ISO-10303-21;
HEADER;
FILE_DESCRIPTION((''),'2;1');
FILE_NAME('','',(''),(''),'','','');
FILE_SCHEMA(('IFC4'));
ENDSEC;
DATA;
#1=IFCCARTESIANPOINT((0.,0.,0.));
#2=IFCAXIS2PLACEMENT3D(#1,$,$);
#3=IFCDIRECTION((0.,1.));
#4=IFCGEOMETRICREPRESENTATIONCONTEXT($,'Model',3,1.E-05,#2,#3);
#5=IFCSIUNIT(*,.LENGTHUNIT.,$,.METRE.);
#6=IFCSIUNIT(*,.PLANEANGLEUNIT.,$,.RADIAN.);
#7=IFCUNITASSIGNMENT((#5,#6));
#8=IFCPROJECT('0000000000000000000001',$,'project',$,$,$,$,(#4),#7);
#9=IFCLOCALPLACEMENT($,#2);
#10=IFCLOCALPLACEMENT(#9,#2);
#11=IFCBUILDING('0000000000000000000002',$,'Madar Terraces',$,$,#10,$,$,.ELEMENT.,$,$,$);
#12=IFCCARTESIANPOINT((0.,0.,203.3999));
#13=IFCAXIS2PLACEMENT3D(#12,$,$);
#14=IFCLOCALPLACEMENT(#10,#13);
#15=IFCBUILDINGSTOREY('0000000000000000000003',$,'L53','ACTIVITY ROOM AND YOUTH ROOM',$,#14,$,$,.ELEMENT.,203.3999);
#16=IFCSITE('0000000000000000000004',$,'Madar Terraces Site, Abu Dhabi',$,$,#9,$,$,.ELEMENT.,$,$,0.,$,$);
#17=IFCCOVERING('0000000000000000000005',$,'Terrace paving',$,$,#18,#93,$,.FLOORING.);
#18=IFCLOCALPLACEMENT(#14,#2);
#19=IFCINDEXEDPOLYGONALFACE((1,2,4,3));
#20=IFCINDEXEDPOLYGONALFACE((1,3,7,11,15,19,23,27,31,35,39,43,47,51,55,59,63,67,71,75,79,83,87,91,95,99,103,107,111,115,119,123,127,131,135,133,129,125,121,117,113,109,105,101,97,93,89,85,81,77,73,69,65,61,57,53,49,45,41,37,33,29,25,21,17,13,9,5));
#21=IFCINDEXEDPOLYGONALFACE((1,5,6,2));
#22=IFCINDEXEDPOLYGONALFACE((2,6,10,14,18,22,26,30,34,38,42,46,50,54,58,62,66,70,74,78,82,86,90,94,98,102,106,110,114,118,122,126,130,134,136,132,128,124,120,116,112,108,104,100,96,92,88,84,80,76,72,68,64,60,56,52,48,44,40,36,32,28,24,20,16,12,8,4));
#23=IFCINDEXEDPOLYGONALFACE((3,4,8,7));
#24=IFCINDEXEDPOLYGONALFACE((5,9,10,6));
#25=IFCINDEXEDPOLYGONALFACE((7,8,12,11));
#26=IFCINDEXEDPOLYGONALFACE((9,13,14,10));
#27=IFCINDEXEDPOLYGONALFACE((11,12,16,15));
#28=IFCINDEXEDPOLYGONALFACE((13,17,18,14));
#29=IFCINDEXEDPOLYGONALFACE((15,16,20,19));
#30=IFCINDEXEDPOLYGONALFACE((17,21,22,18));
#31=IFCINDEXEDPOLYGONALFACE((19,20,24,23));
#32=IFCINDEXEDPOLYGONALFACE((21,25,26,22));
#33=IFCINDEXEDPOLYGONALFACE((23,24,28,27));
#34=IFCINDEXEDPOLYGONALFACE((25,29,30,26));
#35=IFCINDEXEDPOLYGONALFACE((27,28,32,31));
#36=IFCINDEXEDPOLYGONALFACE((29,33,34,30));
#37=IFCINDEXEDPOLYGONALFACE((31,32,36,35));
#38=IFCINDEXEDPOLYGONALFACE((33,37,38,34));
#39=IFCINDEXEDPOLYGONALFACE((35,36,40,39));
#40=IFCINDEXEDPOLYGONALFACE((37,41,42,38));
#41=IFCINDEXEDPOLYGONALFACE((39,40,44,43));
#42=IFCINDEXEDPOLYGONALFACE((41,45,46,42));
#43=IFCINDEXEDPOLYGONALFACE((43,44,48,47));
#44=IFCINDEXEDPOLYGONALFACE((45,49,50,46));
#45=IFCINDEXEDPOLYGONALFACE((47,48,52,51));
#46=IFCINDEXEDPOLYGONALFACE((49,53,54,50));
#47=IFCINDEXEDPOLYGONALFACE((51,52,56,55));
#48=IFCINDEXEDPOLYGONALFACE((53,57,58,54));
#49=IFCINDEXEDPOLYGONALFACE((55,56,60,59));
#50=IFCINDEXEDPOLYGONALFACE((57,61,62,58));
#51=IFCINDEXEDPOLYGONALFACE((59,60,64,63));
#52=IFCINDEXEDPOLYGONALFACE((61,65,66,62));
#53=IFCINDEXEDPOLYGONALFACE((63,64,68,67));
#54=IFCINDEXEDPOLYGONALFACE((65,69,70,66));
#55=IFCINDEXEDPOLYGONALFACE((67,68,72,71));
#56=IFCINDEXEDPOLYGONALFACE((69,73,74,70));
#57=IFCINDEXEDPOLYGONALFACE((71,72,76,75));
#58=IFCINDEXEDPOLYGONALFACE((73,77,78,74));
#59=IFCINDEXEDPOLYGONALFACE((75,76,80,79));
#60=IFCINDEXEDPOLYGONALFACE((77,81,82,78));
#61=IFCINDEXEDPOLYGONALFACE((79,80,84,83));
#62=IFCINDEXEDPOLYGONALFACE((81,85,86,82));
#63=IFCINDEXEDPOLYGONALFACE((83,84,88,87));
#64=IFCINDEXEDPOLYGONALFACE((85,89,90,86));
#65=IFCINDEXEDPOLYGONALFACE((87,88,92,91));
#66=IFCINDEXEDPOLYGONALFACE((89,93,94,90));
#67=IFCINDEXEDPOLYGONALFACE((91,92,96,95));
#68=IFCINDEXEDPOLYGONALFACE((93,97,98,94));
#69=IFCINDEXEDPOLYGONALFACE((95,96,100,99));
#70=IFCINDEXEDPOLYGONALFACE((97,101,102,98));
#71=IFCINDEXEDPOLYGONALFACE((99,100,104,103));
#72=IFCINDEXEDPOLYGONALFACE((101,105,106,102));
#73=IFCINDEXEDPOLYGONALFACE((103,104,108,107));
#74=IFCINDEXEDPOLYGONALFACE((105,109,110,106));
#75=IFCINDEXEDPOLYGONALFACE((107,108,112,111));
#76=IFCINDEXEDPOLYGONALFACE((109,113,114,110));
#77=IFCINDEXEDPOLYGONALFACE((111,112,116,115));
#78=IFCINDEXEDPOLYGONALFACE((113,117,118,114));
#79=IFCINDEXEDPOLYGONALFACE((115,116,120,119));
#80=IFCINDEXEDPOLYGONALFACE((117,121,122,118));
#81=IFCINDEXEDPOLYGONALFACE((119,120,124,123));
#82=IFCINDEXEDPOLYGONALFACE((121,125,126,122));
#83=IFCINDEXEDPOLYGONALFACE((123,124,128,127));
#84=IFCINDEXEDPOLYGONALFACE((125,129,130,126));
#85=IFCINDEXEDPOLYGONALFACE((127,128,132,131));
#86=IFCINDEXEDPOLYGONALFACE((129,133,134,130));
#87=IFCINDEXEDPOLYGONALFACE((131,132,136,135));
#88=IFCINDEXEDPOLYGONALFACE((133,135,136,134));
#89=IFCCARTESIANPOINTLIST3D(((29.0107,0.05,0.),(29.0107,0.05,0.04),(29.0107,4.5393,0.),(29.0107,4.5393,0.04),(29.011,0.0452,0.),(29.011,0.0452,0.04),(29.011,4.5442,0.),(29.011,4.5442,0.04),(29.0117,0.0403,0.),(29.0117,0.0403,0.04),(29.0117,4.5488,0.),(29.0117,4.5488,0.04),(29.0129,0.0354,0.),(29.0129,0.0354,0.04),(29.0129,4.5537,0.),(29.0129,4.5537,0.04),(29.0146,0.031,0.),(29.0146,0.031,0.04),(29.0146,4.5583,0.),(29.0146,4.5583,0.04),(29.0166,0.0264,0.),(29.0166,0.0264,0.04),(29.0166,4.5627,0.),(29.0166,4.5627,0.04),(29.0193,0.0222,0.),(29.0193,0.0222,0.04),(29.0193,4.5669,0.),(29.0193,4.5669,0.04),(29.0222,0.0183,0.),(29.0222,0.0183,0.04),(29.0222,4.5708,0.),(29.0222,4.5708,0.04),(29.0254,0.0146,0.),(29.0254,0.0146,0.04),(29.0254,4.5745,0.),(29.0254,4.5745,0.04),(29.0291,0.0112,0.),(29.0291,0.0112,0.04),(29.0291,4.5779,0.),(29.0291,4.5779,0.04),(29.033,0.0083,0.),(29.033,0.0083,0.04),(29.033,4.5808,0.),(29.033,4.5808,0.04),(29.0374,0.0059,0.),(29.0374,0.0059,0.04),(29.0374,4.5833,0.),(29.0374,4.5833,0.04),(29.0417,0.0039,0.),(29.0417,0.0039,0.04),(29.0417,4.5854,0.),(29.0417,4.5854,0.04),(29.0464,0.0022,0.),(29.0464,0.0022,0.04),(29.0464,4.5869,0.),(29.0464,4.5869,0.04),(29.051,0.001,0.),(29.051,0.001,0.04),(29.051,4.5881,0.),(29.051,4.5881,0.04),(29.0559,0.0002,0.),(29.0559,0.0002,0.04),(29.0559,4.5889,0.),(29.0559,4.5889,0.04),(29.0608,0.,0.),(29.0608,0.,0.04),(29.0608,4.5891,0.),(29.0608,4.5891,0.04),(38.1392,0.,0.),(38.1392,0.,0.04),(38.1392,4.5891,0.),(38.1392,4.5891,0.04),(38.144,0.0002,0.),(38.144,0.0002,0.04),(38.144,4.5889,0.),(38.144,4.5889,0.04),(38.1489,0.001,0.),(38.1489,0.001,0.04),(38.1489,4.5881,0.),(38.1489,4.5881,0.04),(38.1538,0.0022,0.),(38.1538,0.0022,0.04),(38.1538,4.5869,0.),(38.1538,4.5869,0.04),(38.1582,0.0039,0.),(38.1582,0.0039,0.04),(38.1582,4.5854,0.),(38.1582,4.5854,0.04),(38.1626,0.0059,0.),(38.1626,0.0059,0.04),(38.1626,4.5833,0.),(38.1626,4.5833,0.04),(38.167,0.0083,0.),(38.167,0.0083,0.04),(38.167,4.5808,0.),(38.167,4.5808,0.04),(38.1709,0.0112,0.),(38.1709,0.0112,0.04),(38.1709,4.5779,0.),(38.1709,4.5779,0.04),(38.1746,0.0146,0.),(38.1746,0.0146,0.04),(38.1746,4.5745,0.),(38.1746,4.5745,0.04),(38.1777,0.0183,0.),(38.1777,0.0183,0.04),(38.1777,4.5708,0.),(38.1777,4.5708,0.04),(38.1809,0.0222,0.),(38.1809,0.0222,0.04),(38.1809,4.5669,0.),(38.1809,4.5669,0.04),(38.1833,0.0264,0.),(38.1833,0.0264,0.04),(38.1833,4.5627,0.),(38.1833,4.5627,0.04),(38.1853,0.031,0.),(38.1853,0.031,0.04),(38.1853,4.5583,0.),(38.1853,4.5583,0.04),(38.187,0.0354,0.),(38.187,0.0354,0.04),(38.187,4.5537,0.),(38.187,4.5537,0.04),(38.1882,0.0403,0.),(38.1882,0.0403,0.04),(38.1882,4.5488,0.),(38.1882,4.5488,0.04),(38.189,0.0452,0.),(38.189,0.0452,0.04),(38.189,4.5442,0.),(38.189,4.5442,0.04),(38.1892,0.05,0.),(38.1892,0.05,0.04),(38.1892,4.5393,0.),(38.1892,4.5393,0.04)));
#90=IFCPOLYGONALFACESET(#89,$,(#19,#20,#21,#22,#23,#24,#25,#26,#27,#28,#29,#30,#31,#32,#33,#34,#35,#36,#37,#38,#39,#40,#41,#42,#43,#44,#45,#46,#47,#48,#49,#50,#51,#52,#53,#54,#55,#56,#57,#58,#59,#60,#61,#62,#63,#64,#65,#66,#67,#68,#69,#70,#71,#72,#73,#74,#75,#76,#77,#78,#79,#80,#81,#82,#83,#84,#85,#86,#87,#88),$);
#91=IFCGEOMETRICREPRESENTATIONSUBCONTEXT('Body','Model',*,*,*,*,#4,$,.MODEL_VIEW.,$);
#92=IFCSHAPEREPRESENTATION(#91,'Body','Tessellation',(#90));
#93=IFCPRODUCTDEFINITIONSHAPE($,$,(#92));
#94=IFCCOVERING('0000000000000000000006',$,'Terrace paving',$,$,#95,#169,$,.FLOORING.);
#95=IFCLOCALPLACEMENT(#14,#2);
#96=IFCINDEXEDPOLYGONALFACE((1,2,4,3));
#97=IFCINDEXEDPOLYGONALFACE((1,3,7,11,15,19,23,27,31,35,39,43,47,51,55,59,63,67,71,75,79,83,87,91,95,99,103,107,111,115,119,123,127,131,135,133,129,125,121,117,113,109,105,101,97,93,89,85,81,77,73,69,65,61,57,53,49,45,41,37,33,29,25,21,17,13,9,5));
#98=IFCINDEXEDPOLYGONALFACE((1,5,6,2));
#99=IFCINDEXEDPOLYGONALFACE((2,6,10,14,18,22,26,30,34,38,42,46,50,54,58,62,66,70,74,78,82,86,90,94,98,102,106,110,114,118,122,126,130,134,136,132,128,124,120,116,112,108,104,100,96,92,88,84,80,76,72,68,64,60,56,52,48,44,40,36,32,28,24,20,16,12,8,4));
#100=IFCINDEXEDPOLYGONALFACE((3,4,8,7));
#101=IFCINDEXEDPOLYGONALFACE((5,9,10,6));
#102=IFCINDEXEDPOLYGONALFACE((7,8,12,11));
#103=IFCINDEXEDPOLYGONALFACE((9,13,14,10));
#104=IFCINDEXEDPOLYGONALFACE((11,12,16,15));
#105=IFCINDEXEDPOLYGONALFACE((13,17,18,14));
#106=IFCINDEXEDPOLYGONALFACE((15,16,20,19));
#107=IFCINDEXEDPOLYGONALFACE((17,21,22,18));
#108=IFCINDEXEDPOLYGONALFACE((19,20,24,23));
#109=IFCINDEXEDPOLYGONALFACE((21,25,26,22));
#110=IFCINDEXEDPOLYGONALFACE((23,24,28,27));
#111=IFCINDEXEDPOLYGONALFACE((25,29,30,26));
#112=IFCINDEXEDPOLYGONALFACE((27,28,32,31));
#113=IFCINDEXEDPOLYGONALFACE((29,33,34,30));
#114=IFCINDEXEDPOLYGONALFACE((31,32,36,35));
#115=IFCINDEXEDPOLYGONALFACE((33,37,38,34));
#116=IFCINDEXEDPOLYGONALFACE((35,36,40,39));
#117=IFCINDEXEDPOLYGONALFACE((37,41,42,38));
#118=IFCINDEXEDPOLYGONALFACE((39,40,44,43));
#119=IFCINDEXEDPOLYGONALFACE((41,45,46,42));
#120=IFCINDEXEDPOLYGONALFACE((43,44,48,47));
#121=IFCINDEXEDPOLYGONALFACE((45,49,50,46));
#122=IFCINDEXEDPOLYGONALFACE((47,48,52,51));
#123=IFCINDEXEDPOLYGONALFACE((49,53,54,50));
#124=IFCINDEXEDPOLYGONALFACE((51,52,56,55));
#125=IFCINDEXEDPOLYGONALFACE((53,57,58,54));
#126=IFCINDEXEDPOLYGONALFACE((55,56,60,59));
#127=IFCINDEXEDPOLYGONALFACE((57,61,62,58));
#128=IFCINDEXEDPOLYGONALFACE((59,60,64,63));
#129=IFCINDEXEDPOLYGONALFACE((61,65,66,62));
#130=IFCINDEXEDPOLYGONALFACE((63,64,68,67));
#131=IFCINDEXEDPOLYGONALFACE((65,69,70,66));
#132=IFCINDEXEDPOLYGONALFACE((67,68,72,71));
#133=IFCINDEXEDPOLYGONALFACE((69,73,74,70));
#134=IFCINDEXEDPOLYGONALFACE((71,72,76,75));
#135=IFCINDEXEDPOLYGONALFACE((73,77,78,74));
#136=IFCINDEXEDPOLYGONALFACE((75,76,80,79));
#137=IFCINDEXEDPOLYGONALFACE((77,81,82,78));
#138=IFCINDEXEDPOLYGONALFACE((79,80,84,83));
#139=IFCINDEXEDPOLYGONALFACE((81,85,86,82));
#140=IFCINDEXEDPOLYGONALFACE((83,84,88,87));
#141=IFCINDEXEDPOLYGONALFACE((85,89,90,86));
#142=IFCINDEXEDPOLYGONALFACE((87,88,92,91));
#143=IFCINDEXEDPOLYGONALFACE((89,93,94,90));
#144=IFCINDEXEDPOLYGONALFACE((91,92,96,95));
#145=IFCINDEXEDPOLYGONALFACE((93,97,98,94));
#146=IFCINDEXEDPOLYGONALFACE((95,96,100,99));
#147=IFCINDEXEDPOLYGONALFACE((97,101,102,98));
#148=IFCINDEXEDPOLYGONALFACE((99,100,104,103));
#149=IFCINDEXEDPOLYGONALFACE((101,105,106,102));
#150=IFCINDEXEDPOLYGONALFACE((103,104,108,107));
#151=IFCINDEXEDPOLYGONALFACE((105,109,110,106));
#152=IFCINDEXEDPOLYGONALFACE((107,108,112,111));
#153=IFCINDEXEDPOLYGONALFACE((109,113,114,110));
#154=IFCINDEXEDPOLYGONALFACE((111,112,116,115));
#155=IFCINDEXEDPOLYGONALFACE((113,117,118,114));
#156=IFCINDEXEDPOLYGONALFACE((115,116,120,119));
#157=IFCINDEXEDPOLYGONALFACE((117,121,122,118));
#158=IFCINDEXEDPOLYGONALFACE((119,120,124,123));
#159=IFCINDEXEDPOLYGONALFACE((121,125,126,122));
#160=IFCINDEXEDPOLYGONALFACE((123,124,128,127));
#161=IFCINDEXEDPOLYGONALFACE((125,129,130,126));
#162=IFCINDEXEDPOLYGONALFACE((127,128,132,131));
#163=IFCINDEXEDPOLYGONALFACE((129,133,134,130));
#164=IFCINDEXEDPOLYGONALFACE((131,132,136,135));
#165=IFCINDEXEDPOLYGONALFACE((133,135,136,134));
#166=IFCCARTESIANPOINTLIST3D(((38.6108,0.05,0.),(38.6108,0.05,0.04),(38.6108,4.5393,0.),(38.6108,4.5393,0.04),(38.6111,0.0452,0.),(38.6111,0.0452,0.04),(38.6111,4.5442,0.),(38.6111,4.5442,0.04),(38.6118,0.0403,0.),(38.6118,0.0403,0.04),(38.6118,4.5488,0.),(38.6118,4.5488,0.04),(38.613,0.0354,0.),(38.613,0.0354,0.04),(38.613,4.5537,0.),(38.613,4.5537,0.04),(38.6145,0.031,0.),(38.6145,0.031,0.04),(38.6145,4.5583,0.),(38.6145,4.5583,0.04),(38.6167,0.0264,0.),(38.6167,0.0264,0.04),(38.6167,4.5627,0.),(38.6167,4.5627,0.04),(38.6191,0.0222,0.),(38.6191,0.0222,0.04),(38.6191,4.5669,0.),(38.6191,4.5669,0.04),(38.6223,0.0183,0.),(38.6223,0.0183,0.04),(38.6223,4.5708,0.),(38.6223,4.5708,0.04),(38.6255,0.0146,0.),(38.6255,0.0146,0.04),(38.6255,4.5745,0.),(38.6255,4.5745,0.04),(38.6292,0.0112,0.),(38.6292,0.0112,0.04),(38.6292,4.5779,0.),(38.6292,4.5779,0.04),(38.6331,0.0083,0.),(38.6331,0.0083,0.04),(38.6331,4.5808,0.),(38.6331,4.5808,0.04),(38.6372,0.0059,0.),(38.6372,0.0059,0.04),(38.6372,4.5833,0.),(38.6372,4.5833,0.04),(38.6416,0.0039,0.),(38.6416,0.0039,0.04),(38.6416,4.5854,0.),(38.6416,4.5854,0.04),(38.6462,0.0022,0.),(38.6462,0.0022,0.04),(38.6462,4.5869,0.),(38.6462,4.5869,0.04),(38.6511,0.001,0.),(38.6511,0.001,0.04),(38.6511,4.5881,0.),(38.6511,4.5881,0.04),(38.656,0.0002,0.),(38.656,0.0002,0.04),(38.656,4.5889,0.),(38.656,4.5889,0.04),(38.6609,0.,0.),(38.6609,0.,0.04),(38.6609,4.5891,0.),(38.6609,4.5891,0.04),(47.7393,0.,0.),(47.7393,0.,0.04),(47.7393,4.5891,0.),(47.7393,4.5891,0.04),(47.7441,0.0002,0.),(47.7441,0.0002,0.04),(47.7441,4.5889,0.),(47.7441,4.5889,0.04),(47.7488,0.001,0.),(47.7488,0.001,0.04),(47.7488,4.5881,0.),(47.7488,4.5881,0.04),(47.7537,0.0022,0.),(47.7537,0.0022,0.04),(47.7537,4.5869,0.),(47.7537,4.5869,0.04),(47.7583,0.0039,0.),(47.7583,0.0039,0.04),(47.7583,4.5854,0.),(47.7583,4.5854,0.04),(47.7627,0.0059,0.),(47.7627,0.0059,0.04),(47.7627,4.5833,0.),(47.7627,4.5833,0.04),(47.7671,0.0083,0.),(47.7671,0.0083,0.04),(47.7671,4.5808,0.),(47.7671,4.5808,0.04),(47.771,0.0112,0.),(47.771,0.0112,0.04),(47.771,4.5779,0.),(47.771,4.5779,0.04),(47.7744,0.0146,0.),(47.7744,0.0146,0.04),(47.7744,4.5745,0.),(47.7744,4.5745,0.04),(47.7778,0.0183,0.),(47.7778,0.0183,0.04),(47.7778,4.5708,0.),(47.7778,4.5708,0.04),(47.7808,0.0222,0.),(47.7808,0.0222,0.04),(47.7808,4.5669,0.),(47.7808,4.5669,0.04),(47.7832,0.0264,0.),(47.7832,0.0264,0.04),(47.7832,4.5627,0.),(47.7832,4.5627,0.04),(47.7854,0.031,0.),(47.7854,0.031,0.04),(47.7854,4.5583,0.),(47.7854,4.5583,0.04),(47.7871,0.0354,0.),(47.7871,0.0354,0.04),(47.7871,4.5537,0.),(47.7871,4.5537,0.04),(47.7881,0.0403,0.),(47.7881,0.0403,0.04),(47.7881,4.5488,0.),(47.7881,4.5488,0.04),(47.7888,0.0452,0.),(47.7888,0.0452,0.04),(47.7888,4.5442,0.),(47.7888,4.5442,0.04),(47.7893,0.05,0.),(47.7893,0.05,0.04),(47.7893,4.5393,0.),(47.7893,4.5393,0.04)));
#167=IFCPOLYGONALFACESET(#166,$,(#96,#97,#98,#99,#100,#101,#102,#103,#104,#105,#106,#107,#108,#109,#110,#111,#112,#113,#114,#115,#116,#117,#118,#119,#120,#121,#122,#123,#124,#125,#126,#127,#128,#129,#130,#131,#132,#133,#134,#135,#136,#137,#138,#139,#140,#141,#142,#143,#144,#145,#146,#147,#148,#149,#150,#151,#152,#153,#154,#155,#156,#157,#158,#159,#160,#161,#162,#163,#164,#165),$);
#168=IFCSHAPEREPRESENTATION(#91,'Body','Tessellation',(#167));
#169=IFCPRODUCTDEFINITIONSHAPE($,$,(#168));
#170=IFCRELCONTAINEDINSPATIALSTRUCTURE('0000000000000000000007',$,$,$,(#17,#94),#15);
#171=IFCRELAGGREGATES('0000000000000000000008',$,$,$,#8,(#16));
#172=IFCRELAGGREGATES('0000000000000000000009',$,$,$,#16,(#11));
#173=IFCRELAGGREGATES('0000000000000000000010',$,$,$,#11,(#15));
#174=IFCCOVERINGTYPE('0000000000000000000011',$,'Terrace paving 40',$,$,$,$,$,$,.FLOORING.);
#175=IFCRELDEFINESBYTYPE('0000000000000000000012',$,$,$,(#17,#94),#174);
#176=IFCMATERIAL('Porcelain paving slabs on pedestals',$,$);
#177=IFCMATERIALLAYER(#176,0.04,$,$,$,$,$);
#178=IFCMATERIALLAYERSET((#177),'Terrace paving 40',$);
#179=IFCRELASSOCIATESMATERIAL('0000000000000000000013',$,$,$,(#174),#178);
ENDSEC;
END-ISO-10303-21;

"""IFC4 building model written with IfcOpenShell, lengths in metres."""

from ifc_helpers import new_model, si_unit, direction, frame, origin, place, context, subcontext, project, spatial, polyline, outline, extrude, material, layer, layer_set, type_object, element, save


model = new_model("IFC4")

# Units and contexts
model_context = context("Model", 3, precision=1e-05, world=origin(), true_north=direction((0.0, 1.0)))
body_context = subcontext(model_context, "Body", "Model", "MODEL_VIEW")
ifc_project = project(units=[si_unit("LENGTHUNIT", "METRE"), si_unit("PLANEANGLEUNIT", "RADIAN")], contexts=[model_context])

# Site, building, storey
site_placement = place(None, origin())
site = spatial("IfcSite", under=ifc_project, at=site_placement, Name="Madar Terraces Site, Abu Dhabi", CompositionType="ELEMENT", RefElevation=0.0)
building_placement = place(site_placement, origin())
building = spatial("IfcBuilding", under=site, at=building_placement, Name="Madar Terraces", CompositionType="ELEMENT")
storey_placement = place(building_placement, frame((0.0, 0.0, 203.3999)))
storey = spatial("IfcBuildingStorey", under=building, at=storey_placement, Name="L53", Description="ACTIVITY ROOM AND YOUTH ROOM", CompositionType="ELEMENT", Elevation=203.3999)

# Coverings
ifc_material_1 = material(Name="Porcelain paving slabs on pedestals")
ifc_layer_1 = layer(ifc_material_1, 0.04)
ifc_layer_set_1 = layer_set([ifc_layer_1], Name="Terrace paving 40")
covering_type = type_object("IfcCoveringType", Name="Terrace paving 40", PredefinedType="FLOORING", material=ifc_layer_set_1)
covering_1_placement = place(storey_placement, origin())
element("IfcCovering", 1, at=covering_1_placement, inside=storey, type_object=covering_type, Name="Terrace paving", PredefinedType="FLOORING", context=body_context, shape_type="SweptSolid", body=[
    extrude(outline(polyline([(29.0464, 0.0022), (29.0417, 0.0039), (29.0374, 0.0059), (29.033, 0.0083), (29.0291, 0.0112), (29.0254, 0.0146), (29.0222, 0.0183), (29.0193, 0.0222), (29.0166, 0.0264), (29.0146, 0.031), (29.0129, 0.0354), (29.0117, 0.0403), (29.011, 0.0452), (29.0107, 0.05), (29.0107, 4.5393), (29.011, 4.5442), (29.0117, 4.5488), (29.0129, 4.5537), (29.0146, 4.5583), (29.0166, 4.5627), (29.0193, 4.5669), (29.0222, 4.5708), (29.0254, 4.5745), (29.0291, 4.5779), (29.033, 4.5808), (29.0374, 4.5833), (29.0417, 4.5854), (29.0464, 4.5869), (29.051, 4.5881), (29.0559, 4.5889), (29.0608, 4.5891), (38.1392, 4.5891), (38.144, 4.5889), (38.1489, 4.5881), (38.1538, 4.5869), (38.1582, 4.5854), (38.1626, 4.5833), (38.167, 4.5808), (38.1709, 4.5779), (38.1746, 4.5745), (38.1777, 4.5708), (38.1809, 4.5669), (38.1833, 4.5627), (38.1853, 4.5583), (38.187, 4.5537), (38.1882, 4.5488), (38.189, 4.5442), (38.1892, 4.5393), (38.1892, 0.05), (38.189, 0.0452), (38.1882, 0.0403), (38.187, 0.0354), (38.1853, 0.031), (38.1833, 0.0264), (38.1809, 0.0222), (38.1777, 0.0183), (38.1746, 0.0146), (38.1709, 0.0112), (38.167, 0.0083), (38.1626, 0.0059), (38.1582, 0.0039), (38.1538, 0.0022), (38.1489, 0.001), (38.144, 0.0002), (38.1392, 0.0), (29.0608, 0.0), (29.0559, 0.0002), (29.051, 0.001), (29.0464, 0.0022)])), origin(), (0.0, 0.0, 1.0), 0.04),
])
covering_2_placement = place(storey_placement, origin())
element("IfcCovering", 2, at=covering_2_placement, inside=storey, type_object=covering_type, Name="Terrace paving", PredefinedType="FLOORING", context=body_context, shape_type="SweptSolid", body=[
    extrude(outline(polyline([(38.6462, 0.0022), (38.6416, 0.0039), (38.6372, 0.0059), (38.6331, 0.0083), (38.6292, 0.0112), (38.6255, 0.0146), (38.6223, 0.0183), (38.6191, 0.0222), (38.6167, 0.0264), (38.6145, 0.031), (38.613, 0.0354), (38.6118, 0.0403), (38.6111, 0.0452), (38.6108, 0.05), (38.6108, 4.5393), (38.6111, 4.5442), (38.6118, 4.5488), (38.613, 4.5537), (38.6145, 4.5583), (38.6167, 4.5627), (38.6191, 4.5669), (38.6223, 4.5708), (38.6255, 4.5745), (38.6292, 4.5779), (38.6331, 4.5808), (38.6372, 4.5833), (38.6416, 4.5854), (38.6462, 4.5869), (38.6511, 4.5881), (38.656, 4.5889), (38.6609, 4.5891), (47.7393, 4.5891), (47.7441, 4.5889), (47.7488, 4.5881), (47.7537, 4.5869), (47.7583, 4.5854), (47.7627, 4.5833), (47.7671, 4.5808), (47.771, 4.5779), (47.7744, 4.5745), (47.7778, 4.5708), (47.7808, 4.5669), (47.7832, 4.5627), (47.7854, 4.5583), (47.7871, 4.5537), (47.7881, 4.5488), (47.7888, 4.5442), (47.7893, 4.5393), (47.7893, 0.05), (47.7888, 0.0452), (47.7881, 0.0403), (47.7871, 0.0354), (47.7854, 0.031), (47.7832, 0.0264), (47.7808, 0.0222), (47.7778, 0.0183), (47.7744, 0.0146), (47.771, 0.0112), (47.7671, 0.0083), (47.7627, 0.0059), (47.7583, 0.0039), (47.7537, 0.0022), (47.7488, 0.001), (47.7441, 0.0002), (47.7393, 0.0), (38.6609, 0.0), (38.656, 0.0002), (38.6511, 0.001), (38.6462, 0.0022)])), origin(), (0.0, 0.0, 1.0), 0.04),
])

save(model, "model.ifc")
